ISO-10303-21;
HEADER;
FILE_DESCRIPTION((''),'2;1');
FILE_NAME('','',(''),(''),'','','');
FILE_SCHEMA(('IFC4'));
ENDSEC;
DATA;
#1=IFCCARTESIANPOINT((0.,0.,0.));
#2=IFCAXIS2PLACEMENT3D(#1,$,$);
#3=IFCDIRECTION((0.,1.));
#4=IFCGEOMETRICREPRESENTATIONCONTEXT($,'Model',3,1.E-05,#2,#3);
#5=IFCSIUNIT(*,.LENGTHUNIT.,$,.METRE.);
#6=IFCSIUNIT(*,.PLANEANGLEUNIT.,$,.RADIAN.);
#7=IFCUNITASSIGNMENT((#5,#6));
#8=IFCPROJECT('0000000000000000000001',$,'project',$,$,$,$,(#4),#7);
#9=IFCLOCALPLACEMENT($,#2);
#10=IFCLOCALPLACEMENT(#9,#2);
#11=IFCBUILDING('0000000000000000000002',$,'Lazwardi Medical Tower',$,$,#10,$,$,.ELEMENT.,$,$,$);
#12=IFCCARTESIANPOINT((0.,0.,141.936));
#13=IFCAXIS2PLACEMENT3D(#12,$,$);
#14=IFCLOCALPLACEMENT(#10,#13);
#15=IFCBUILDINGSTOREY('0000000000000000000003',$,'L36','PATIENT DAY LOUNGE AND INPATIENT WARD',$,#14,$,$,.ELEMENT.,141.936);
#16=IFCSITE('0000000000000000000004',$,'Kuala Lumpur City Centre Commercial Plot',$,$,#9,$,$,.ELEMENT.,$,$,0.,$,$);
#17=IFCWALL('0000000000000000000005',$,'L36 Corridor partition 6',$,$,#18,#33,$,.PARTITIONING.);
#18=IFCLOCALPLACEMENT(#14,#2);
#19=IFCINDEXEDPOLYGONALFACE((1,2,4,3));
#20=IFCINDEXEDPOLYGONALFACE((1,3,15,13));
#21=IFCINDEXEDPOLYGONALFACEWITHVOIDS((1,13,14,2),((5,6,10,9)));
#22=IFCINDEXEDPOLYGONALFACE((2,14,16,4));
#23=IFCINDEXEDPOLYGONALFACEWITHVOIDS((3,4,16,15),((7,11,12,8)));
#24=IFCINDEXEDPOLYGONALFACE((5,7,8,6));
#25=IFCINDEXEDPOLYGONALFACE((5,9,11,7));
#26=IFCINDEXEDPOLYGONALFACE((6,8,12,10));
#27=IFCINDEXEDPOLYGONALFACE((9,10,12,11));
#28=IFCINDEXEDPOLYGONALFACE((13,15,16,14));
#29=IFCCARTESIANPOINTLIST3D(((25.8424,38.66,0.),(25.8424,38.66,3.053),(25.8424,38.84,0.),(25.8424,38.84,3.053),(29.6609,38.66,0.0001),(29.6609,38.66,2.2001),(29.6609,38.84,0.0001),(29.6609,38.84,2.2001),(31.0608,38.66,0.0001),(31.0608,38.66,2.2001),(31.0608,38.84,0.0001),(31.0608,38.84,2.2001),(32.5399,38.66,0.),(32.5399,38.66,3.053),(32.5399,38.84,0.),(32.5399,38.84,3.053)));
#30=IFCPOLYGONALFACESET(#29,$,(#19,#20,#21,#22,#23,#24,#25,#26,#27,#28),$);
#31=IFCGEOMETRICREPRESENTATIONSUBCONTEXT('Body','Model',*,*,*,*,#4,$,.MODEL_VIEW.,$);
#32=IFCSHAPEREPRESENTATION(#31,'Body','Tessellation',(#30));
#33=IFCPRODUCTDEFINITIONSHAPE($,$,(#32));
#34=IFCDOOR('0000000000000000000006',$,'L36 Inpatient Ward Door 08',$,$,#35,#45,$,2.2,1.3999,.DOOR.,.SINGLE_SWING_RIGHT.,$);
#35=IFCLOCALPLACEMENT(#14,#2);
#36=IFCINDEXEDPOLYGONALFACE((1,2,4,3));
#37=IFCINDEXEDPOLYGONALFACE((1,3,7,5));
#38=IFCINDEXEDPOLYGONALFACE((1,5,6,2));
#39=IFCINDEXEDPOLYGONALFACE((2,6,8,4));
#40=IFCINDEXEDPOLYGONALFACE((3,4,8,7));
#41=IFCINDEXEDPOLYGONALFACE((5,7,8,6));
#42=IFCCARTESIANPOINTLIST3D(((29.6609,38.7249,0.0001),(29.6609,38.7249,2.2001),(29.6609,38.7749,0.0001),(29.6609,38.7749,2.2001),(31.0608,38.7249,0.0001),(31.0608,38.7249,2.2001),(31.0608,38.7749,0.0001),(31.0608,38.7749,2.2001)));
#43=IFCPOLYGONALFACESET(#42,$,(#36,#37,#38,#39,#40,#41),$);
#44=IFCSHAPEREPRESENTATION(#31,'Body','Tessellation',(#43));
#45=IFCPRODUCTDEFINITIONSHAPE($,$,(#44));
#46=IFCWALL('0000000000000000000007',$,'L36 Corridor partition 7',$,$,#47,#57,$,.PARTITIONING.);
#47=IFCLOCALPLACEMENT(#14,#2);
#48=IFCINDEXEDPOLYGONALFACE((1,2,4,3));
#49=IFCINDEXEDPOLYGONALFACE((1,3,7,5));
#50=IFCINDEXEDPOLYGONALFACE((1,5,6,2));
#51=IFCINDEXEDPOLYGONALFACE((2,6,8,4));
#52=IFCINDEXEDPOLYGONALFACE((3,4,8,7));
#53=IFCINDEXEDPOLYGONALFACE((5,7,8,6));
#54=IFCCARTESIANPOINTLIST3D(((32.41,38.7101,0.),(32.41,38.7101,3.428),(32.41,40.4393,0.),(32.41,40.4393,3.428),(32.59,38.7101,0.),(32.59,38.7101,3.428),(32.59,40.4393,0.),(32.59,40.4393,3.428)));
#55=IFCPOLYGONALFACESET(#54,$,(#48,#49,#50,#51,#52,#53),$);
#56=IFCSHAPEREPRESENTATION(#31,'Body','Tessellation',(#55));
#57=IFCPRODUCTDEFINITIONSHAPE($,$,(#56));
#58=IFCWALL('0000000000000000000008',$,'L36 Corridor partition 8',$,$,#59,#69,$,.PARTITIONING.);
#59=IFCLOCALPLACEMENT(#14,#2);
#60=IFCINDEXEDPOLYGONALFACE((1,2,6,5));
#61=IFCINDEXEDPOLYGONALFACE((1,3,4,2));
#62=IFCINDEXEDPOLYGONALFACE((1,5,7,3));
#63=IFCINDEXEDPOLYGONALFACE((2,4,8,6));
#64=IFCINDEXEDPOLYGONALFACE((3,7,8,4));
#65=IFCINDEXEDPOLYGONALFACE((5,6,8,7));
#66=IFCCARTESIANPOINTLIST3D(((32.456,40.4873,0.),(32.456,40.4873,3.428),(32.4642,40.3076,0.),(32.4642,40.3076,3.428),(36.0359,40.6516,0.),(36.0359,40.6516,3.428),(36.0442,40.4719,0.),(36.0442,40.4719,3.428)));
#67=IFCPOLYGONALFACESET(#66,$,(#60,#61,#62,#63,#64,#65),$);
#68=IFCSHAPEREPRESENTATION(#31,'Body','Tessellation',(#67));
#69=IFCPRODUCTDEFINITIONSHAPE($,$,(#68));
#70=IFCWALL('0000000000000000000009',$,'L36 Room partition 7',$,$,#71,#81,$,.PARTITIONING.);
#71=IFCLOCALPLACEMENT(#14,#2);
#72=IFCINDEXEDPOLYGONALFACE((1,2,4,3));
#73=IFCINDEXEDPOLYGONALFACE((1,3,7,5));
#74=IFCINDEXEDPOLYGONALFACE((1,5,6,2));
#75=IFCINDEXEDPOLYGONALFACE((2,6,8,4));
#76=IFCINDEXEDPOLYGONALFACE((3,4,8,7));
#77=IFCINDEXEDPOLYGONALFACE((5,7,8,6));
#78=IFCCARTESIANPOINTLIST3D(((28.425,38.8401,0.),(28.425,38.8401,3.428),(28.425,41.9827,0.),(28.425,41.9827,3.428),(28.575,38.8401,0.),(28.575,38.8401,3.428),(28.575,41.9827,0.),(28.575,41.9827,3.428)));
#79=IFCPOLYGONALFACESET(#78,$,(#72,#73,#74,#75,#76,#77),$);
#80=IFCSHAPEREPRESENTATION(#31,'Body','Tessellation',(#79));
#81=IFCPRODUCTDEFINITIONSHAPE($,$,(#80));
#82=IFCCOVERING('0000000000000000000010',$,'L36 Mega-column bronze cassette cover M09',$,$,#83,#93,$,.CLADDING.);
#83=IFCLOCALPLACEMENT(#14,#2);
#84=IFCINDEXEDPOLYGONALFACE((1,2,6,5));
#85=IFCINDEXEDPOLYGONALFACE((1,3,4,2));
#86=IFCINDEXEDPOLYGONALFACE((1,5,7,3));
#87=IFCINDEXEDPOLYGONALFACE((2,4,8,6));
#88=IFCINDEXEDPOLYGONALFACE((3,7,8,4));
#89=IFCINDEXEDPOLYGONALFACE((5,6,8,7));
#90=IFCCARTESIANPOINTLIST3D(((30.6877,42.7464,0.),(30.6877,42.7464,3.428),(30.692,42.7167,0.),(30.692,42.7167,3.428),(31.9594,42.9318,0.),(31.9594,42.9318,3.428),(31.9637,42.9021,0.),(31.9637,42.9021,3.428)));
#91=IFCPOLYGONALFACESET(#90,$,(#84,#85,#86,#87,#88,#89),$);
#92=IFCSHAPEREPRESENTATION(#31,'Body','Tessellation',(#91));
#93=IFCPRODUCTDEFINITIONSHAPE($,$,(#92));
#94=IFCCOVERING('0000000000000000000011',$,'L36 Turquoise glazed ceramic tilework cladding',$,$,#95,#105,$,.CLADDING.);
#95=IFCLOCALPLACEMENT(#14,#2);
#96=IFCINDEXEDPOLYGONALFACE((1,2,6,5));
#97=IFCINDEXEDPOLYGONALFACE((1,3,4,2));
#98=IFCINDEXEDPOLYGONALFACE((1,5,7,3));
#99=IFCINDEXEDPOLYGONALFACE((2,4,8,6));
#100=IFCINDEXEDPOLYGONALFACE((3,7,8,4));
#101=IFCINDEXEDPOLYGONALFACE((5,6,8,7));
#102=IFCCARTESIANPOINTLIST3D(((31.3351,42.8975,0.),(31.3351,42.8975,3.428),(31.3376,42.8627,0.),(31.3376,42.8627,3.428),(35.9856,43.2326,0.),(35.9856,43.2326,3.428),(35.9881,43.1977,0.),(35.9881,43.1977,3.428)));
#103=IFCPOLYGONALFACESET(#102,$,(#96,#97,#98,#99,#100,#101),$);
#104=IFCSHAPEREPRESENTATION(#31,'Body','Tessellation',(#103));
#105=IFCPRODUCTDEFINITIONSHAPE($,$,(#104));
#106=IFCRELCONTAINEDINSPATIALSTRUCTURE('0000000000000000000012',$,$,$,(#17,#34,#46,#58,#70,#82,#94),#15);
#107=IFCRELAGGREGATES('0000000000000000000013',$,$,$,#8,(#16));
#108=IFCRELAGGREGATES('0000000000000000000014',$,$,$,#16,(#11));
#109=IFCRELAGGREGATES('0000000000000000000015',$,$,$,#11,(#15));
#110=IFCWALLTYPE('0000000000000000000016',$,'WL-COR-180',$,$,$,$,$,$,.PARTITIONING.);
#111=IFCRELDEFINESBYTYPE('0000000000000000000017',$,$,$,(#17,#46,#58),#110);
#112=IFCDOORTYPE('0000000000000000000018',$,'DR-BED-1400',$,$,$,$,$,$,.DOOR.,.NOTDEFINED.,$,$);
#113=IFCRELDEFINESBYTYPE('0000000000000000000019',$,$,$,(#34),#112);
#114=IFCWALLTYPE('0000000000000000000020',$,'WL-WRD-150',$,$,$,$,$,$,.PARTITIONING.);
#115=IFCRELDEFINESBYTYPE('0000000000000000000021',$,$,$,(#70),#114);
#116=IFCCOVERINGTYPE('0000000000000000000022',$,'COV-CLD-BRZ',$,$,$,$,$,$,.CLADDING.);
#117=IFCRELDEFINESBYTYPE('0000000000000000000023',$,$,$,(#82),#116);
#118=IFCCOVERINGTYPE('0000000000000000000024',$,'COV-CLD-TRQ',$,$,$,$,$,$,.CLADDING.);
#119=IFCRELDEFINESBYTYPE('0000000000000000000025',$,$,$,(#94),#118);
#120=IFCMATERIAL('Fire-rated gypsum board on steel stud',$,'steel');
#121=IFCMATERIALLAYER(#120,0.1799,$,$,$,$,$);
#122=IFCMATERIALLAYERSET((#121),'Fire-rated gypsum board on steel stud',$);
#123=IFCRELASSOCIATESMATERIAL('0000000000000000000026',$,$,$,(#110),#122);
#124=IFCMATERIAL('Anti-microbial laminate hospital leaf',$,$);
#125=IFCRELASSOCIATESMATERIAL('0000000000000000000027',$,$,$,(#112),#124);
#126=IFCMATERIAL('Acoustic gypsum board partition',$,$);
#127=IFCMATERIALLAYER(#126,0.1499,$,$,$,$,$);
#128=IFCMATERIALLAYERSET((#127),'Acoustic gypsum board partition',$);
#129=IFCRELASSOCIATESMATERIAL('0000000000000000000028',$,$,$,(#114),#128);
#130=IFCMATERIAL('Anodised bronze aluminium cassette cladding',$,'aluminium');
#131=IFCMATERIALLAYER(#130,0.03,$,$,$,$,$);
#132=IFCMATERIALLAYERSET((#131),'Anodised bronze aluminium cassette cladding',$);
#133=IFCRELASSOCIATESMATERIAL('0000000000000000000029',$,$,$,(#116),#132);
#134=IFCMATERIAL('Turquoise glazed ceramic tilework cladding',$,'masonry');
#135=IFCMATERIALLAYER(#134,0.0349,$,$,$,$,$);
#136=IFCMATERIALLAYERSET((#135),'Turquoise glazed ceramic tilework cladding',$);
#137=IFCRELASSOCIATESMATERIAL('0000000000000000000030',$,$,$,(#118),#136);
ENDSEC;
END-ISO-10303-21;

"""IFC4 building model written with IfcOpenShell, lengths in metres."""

from ifc_helpers import new_model, si_unit, direction, frame, frame_2d, origin, origin_2d, place, context, subcontext, project, spatial, rectangle, extrude, material, layer, layer_set, type_object, element, fill, save


model = new_model("IFC4")

# Units and contexts
model_context = context("Model", 3, precision=1e-05, world=origin(), true_north=direction((0.0, 1.0)))
body_context = subcontext(model_context, "Body", "Model", "MODEL_VIEW")
ifc_project = project(units=[si_unit("LENGTHUNIT", "METRE"), si_unit("PLANEANGLEUNIT", "RADIAN")], contexts=[model_context])

# Site, building, storey
site_placement = place(None, origin())
site = spatial("IfcSite", under=ifc_project, at=site_placement, Name="Kuala Lumpur City Centre Commercial Plot", CompositionType="ELEMENT", RefElevation=0.0)
building_placement = place(site_placement, origin())
building = spatial("IfcBuilding", under=site, at=building_placement, Name="Lazwardi Medical Tower", CompositionType="ELEMENT")
storey_placement = place(building_placement, frame((0.0, 0.0, 141.936)))
storey = spatial("IfcBuildingStorey", under=building, at=storey_placement, Name="L36", Description="PATIENT DAY LOUNGE AND INPATIENT WARD", CompositionType="ELEMENT", Elevation=141.936)

# Shared definitions
ifc_material_1 = material(Name="Fire-rated gypsum board on steel stud", Category="steel")
ifc_layer_1 = layer(ifc_material_1, 0.1799)
ifc_layer_set_1 = layer_set([ifc_layer_1], Name="Fire-rated gypsum board on steel stud")
wall_type_1 = type_object("IfcWallType", Name="WL-COR-180", PredefinedType="PARTITIONING", material=ifc_layer_set_1)

# Wall, opening, door
wall_1_placement = place(storey_placement, frame((25.8425, 38.75, 0.0), z_axis=(0.0, 0.0, 1.0), x_axis=(1.0, 0.0, 0.0)))
wall_1 = element("IfcWall", 1, at=wall_1_placement, inside=storey, type_object=wall_type_1, Name="L36 Corridor partition 6", PredefinedType="PARTITIONING", context=body_context, shape_type="SweptSolid", body=[
    extrude(rectangle(XDim=6.6975, YDim=0.1799, at=frame_2d((3.3486, 0.0))), origin(), (0.0, 0.0, 1.0), 3.053),
])
opening_placement = place(wall_1_placement, frame((3.8184, 0.0, 0.0)))
opening = element("IfcOpeningElement", 2, at=opening_placement, cuts=wall_1, PredefinedType="OPENING", context=body_context, shape_type="SweptSolid", body=[
    extrude(rectangle(XDim=1.3999, YDim=2.2, at=frame_2d((0.7, 1.1001))), frame((0.0, 0.0999, 0.0), z_axis=(0.0, -1.0, 0.0), x_axis=(1.0, 0.0, 0.0)), (0.0, 0.0, 1.0), 0.2),
])
ifc_material_2 = material(Name="Anti-microbial laminate hospital leaf")
door_type = type_object("IfcDoorType", Name="DR-BED-1400", OperationType="NOTDEFINED", PredefinedType="DOOR", material=ifc_material_2)
door_placement = place(opening_placement, origin())
door = element("IfcDoor", 3, at=door_placement, inside=storey, type_object=door_type, Name="L36 Inpatient Ward Door 08", OperationType="SINGLE_SWING_RIGHT", OverallHeight=2.2, OverallWidth=1.3999, PredefinedType="DOOR", context=body_context, shape_type="SweptSolid", body=[
    extrude(rectangle(XDim=1.3999, YDim=2.2, at=frame_2d((0.7, 1.1001))), frame((0.0, 0.0249, 0.0), z_axis=(0.0, -1.0, 0.0), x_axis=(1.0, 0.0, 0.0)), (0.0, 0.0, 1.0), 0.05),
])
fill(opening, door)

# Walls
wall_2_placement = place(storey_placement, frame((32.5, 38.71, 0.0), z_axis=(0.0, 0.0, 1.0), x_axis=(0.0, 1.0, 0.0)))
element("IfcWall", 4, at=wall_2_placement, inside=storey, type_object=wall_type_1, Name="L36 Corridor partition 7", PredefinedType="PARTITIONING", context=body_context, shape_type="SweptSolid", body=[
    extrude(rectangle(XDim=1.7292, YDim=0.1799, at=frame_2d((0.8647, 0.0))), origin(), (0.0, 0.0, 1.0), 3.428),
])
wall_3_placement = place(storey_placement, frame((32.46, 40.3975, 0.0), z_axis=(0.0, 0.0, 1.0), x_axis=(0.998948, 0.045846, 0.0)))
element("IfcWall", 5, at=wall_3_placement, inside=storey, type_object=wall_type_1, Name="L36 Corridor partition 8", PredefinedType="PARTITIONING", context=body_context, shape_type="SweptSolid", body=[
    extrude(rectangle(XDim=3.5837, YDim=0.1799, at=frame_2d((1.792, 0.0))), origin(), (0.0, 0.0, 1.0), 3.428),
])
ifc_material_3 = material(Name="Acoustic gypsum board partition")
ifc_layer_2 = layer(ifc_material_3, 0.1499)
ifc_layer_set_2 = layer_set([ifc_layer_2], Name="Acoustic gypsum board partition")
wall_type_2 = type_object("IfcWallType", Name="WL-WRD-150", PredefinedType="PARTITIONING", material=ifc_layer_set_2)
wall_4_placement = place(storey_placement, frame((28.5, 38.8401, 0.0), z_axis=(0.0, 0.0, 1.0), x_axis=(0.0, 1.0, 0.0)))
element("IfcWall", 6, at=wall_4_placement, inside=storey, type_object=wall_type_2, Name="L36 Room partition 7", PredefinedType="PARTITIONING", context=body_context, shape_type="SweptSolid", body=[
    extrude(rectangle(XDim=3.1426, YDim=0.1499, at=frame_2d((1.5713, 0.0))), origin(), (0.0, 0.0, 1.0), 3.428),
])

# Coverings
ifc_material_4 = material(Name="Anodised bronze aluminium cassette cladding", Category="aluminium")
ifc_layer_3 = layer(ifc_material_4, 0.03)
ifc_layer_set_3 = layer_set([ifc_layer_3], Name="Anodised bronze aluminium cassette cladding")
covering_type_1 = type_object("IfcCoveringType", Name="COV-CLD-BRZ", PredefinedType="CLADDING", material=ifc_layer_set_3)
covering_1_placement = place(storey_placement, frame((31.3257, 42.8242, 0.0), z_axis=(0.0, 0.0, 1.0), x_axis=(-0.989539, -0.144265, 0.0)))
element("IfcCovering", 7, at=covering_1_placement, inside=storey, type_object=covering_type_1, Name="L36 Mega-column bronze cassette cover M09", PredefinedType="CLADDING", context=body_context, shape_type="SweptSolid", body=[
    extrude(rectangle(XDim=1.2852, YDim=0.03, at=origin_2d()), origin(), (0.0, 0.0, 1.0), 3.428),
])
ifc_material_5 = material(Name="Turquoise glazed ceramic tilework cladding", Category="masonry")
ifc_layer_4 = layer(ifc_material_5, 0.0349)
ifc_layer_set_4 = layer_set([ifc_layer_4], Name="Turquoise glazed ceramic tilework cladding")
covering_type_2 = type_object("IfcCoveringType", Name="COV-CLD-TRQ", PredefinedType="CLADDING", material=ifc_layer_set_4)
covering_2_placement = place(storey_placement, frame((33.6616, 43.0476, 0.0), z_axis=(0.0, 0.0, 1.0), x_axis=(-0.997414, -0.071868, 0.0)))
element("IfcCovering", 8, at=covering_2_placement, inside=storey, type_object=covering_type_2, Name="L36 Turquoise glazed ceramic tilework cladding", PredefinedType="CLADDING", context=body_context, shape_type="SweptSolid", body=[
    extrude(rectangle(XDim=4.6626, YDim=0.0349, at=origin_2d()), origin(), (0.0, 0.0, 1.0), 3.428),
])

save(model, "model.ifc")
